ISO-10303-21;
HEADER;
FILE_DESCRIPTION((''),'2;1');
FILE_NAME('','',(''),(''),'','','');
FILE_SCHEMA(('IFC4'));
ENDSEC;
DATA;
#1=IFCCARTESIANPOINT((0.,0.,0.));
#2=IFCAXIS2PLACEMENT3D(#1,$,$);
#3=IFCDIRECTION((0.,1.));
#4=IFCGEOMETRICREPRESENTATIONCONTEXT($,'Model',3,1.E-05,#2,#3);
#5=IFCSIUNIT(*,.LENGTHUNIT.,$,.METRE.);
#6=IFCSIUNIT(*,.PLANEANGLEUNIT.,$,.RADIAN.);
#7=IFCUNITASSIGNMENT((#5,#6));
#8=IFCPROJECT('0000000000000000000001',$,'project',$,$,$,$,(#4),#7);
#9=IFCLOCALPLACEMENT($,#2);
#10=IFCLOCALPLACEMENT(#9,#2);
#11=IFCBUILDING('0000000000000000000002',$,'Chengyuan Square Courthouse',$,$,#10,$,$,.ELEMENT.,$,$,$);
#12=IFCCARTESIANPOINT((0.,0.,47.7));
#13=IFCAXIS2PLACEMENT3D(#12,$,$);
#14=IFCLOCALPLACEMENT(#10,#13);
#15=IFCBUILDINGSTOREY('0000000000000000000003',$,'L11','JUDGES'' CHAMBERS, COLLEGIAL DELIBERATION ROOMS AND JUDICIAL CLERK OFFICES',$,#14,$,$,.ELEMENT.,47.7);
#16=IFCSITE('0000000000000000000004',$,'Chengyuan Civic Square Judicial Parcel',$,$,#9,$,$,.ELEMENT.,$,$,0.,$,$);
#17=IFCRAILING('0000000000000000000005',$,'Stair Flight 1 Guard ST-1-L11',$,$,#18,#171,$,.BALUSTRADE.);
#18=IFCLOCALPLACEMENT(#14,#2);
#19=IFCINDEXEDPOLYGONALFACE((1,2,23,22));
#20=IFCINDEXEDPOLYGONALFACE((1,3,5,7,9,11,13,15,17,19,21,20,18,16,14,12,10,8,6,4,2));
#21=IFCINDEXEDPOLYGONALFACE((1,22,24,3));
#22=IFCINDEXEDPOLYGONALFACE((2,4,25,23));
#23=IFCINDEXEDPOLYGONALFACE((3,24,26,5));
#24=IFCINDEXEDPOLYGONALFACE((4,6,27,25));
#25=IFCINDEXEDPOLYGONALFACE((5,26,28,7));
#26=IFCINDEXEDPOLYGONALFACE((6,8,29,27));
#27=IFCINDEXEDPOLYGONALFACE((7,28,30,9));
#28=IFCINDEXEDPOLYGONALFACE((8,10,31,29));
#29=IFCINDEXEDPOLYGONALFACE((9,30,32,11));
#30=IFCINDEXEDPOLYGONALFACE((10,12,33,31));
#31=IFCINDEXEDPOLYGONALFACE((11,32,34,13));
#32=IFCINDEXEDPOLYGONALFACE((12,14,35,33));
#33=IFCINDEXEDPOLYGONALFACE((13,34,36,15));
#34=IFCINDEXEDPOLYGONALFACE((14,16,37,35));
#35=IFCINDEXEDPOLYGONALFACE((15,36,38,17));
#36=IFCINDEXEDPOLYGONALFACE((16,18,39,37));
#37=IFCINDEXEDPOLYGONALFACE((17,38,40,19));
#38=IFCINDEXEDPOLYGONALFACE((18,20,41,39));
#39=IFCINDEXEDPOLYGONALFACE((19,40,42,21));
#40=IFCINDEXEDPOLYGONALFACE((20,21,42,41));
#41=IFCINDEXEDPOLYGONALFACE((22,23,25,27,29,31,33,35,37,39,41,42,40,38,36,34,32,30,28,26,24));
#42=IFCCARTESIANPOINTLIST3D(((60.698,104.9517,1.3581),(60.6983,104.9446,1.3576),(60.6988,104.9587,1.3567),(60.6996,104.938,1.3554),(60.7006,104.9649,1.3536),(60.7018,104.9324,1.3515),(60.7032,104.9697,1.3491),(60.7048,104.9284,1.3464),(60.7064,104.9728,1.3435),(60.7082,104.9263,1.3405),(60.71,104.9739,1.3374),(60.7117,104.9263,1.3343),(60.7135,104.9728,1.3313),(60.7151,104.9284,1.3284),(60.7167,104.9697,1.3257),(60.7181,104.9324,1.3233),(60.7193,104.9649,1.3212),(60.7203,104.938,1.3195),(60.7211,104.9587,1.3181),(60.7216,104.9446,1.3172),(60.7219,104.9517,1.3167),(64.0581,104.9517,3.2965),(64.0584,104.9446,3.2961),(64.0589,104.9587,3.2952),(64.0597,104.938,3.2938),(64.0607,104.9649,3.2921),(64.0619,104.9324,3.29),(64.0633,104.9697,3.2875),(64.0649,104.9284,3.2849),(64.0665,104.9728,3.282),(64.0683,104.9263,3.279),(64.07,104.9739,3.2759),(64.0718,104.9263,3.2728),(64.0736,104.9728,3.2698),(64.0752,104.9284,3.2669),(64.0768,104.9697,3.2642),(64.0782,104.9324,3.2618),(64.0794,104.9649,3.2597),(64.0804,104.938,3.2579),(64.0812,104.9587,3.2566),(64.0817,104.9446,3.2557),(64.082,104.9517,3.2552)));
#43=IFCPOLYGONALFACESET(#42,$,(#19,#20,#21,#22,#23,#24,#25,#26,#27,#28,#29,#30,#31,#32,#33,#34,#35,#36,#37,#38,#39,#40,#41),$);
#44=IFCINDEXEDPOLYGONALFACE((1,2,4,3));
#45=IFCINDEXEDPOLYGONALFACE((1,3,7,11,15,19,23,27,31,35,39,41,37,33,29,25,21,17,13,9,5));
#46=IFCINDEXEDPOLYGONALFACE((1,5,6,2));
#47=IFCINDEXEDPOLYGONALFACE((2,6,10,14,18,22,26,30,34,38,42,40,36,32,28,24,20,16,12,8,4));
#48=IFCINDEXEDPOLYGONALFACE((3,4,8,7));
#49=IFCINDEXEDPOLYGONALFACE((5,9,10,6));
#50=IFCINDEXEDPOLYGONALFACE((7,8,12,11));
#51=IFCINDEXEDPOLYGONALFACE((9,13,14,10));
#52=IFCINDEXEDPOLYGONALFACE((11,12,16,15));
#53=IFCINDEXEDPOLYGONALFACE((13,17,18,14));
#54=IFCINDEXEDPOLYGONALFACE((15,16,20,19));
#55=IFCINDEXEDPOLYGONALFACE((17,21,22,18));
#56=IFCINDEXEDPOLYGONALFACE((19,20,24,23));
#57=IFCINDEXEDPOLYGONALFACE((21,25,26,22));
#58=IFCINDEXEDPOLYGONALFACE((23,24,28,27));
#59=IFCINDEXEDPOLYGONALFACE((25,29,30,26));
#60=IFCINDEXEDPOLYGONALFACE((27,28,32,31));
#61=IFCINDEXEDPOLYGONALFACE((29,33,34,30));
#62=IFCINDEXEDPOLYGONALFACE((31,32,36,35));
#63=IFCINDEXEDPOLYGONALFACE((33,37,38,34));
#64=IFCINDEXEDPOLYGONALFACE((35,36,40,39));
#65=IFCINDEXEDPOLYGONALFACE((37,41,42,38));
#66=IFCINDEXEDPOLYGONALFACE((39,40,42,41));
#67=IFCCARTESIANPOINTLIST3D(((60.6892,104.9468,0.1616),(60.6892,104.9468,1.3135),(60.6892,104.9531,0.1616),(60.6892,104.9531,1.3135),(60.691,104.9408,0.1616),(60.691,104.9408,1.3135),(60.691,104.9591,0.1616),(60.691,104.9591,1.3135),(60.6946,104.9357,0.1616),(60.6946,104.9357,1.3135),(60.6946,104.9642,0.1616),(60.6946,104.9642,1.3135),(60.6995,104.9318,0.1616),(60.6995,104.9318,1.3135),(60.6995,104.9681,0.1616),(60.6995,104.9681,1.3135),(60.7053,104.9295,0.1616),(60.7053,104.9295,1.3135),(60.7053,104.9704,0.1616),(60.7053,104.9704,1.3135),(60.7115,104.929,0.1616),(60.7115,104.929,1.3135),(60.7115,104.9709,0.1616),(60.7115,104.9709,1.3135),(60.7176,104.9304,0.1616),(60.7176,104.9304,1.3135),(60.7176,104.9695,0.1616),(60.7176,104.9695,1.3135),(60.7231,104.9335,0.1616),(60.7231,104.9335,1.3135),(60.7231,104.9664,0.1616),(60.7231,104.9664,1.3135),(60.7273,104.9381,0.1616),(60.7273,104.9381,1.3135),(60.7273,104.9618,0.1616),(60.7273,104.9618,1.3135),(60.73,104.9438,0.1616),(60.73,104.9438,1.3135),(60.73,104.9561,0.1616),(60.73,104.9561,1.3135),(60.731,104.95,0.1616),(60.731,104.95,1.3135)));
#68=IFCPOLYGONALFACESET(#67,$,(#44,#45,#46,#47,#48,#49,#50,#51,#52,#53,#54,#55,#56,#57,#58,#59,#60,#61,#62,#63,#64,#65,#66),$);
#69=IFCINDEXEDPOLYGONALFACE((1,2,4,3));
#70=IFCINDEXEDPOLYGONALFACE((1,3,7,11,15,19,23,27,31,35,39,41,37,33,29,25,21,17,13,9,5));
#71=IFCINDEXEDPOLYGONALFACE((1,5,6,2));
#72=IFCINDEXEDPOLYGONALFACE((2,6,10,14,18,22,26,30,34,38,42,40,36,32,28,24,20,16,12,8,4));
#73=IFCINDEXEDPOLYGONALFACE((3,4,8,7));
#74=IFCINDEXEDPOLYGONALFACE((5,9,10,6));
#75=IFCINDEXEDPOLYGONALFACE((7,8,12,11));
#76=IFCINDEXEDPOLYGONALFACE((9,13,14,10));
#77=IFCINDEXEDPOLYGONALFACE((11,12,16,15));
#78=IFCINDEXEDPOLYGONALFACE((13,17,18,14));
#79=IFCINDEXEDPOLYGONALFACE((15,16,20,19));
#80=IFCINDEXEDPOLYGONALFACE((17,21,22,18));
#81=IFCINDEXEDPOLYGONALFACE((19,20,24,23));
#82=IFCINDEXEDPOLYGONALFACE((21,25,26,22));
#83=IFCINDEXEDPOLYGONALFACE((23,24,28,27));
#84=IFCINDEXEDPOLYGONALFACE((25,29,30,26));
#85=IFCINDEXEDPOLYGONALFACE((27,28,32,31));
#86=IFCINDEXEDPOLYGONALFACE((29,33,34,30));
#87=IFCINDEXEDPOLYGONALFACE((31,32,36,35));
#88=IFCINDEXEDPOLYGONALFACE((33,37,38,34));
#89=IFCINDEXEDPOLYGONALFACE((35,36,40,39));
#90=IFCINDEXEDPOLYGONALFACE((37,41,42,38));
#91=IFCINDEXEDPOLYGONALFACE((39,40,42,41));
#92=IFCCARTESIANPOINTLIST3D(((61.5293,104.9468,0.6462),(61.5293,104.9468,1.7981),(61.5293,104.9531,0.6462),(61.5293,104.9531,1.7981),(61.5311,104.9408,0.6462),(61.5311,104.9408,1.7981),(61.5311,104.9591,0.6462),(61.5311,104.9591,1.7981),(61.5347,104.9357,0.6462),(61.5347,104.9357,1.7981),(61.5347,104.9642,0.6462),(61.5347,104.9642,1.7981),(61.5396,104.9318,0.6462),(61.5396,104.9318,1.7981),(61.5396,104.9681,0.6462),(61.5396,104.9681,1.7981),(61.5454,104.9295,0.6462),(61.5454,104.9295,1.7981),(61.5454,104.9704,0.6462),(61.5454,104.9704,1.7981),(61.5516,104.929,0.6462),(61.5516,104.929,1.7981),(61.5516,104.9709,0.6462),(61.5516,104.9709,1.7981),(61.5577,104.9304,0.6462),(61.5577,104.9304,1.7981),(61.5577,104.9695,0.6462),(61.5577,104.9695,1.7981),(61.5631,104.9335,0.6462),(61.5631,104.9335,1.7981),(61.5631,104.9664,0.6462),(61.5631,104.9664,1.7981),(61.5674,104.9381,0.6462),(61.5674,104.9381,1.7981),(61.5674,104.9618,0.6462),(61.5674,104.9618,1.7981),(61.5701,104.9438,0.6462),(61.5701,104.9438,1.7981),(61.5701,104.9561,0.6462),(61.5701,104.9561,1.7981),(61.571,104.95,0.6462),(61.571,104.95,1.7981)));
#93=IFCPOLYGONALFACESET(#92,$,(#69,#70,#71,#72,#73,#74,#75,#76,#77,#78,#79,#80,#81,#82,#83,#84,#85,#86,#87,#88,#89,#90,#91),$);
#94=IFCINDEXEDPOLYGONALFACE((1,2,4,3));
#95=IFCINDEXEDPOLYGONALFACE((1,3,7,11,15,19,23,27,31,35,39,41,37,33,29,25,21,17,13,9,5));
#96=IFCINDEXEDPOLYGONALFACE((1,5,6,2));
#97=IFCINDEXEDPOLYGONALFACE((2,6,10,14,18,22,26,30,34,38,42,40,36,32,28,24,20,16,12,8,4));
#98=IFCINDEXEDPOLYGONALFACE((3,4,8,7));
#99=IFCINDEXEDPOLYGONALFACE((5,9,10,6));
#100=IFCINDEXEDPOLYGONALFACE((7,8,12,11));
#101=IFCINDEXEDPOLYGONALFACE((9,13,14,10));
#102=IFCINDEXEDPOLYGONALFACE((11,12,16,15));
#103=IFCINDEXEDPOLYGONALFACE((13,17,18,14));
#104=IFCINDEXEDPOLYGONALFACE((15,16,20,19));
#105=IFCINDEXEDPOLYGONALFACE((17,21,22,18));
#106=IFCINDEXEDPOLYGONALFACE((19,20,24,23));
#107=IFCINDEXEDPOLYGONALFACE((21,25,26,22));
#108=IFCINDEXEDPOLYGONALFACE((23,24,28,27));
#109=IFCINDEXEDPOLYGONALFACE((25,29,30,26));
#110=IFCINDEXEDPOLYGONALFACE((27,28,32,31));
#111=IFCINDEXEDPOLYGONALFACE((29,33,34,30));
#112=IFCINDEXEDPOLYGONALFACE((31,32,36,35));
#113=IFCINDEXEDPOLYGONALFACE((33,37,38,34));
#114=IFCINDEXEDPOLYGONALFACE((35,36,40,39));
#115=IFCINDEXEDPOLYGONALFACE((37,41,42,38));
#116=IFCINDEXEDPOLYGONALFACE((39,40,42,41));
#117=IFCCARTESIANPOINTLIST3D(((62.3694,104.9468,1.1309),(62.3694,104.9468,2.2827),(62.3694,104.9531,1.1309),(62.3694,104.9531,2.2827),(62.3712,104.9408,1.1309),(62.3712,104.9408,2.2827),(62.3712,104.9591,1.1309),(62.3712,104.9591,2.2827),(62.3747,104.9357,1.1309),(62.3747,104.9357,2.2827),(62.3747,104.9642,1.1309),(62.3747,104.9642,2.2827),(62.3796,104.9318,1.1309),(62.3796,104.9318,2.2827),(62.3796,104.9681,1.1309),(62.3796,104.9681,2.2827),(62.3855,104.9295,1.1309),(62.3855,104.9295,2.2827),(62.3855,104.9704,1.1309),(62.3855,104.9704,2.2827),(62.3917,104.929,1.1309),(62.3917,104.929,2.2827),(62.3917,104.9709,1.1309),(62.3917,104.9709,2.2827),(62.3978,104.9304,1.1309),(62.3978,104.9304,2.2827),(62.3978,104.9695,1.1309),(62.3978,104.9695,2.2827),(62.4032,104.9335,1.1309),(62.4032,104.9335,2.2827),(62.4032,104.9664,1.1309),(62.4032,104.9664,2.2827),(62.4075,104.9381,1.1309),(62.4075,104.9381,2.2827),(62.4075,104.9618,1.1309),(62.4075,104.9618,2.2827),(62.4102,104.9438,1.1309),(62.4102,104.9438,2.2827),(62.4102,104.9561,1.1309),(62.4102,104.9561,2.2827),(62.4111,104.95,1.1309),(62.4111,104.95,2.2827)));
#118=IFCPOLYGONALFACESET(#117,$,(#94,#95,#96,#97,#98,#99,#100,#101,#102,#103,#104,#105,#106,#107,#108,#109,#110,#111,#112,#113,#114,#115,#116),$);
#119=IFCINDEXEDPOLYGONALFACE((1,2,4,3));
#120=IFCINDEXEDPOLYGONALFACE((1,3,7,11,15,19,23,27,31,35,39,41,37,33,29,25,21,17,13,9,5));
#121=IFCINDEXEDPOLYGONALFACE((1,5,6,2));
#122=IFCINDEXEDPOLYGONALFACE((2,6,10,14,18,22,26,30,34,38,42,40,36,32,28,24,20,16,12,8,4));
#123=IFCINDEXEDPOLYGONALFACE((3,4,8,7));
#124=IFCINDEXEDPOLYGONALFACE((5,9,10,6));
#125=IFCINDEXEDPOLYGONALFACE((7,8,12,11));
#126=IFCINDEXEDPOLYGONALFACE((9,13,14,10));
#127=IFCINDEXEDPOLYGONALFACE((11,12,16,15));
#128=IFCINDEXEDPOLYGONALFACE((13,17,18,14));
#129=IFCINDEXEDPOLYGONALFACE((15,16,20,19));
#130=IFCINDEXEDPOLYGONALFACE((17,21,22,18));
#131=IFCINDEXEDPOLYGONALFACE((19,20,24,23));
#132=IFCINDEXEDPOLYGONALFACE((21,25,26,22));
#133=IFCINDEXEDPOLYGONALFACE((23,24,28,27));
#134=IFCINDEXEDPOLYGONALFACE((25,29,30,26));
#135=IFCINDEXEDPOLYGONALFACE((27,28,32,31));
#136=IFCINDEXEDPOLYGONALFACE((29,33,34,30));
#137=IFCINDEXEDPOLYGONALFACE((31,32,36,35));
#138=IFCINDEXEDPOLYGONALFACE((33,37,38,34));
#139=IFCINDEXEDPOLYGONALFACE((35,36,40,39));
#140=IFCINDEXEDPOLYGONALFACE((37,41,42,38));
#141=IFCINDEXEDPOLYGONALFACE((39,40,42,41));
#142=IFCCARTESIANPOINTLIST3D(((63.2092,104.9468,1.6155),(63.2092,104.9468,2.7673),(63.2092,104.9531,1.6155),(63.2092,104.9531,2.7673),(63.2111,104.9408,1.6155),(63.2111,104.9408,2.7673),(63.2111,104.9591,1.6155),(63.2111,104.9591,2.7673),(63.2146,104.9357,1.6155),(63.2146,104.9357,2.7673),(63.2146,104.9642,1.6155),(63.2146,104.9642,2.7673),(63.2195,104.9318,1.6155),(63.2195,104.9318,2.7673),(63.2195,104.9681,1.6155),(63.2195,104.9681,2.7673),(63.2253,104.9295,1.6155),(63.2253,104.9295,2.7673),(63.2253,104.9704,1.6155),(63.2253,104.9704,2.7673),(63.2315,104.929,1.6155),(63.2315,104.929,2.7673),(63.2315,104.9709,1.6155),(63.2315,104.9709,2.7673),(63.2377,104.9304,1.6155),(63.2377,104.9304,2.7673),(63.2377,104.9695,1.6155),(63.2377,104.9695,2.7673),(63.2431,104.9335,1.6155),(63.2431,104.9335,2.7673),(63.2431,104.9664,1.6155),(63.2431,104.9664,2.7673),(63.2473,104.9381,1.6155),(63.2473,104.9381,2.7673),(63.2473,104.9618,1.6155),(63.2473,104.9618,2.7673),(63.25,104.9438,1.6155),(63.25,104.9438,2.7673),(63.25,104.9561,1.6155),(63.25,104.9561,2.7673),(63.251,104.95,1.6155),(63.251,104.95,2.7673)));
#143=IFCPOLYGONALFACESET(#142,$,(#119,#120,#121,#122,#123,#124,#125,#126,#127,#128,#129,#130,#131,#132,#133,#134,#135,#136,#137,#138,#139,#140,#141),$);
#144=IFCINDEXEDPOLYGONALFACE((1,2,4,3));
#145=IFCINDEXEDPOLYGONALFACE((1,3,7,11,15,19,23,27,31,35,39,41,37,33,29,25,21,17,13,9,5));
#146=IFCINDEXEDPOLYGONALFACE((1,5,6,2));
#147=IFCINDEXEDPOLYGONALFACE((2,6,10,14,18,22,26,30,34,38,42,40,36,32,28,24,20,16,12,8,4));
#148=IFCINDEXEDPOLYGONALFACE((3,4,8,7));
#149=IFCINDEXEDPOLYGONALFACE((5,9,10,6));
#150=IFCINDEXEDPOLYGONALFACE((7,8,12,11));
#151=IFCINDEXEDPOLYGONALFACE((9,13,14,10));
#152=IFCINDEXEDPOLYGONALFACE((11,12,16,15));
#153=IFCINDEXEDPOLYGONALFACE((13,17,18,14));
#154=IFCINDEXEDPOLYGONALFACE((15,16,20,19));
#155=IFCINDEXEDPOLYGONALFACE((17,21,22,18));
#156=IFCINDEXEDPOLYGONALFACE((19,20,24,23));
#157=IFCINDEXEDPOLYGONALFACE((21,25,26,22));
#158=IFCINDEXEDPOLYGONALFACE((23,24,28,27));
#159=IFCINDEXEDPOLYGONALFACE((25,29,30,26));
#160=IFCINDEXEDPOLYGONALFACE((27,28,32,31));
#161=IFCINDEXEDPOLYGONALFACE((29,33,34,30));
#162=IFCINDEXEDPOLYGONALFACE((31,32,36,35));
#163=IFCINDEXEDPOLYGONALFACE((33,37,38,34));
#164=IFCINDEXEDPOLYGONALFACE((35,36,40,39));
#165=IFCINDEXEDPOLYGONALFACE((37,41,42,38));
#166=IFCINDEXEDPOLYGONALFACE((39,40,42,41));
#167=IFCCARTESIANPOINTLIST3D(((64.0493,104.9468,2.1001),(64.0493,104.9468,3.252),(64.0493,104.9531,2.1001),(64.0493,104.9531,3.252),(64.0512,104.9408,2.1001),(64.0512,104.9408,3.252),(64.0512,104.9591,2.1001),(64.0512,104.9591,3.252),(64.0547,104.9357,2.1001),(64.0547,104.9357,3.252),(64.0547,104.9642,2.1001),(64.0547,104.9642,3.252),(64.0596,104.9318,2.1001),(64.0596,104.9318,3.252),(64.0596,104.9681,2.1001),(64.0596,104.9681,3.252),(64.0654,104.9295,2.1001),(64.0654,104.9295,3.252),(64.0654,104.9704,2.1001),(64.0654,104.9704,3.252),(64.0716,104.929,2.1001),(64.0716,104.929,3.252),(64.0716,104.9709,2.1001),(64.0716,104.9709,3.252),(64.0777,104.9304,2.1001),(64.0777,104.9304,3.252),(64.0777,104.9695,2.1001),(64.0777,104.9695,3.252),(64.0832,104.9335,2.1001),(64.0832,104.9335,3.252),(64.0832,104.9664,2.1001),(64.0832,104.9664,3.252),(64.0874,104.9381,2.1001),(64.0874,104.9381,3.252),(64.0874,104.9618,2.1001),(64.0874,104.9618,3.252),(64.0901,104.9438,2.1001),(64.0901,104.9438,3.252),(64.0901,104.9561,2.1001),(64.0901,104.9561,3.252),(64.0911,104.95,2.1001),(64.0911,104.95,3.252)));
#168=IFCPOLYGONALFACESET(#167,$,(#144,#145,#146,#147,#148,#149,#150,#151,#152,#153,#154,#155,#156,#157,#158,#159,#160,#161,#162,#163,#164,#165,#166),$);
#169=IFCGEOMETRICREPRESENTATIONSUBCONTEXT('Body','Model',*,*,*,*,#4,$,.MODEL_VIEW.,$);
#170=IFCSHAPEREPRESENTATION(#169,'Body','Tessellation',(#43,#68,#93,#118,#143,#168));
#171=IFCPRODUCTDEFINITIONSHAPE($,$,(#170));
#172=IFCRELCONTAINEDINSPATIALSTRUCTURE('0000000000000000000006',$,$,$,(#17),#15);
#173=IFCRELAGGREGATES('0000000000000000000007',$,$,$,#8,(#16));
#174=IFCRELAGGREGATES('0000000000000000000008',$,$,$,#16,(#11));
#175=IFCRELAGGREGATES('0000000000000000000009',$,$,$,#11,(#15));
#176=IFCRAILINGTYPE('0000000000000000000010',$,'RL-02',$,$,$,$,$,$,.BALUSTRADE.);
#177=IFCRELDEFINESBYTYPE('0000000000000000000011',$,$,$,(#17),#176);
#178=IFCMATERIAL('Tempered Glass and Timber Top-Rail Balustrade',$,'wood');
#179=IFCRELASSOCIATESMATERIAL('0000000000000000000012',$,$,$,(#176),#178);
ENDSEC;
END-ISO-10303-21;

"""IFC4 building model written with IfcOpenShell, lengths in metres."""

from ifc_helpers import new_model, si_unit, direction, frame, origin, origin_2d, place, context, subcontext, project, spatial, circle, extrude, material, type_object, element, save


model = new_model("IFC4")

# Units and contexts
model_context = context("Model", 3, precision=1e-05, world=origin(), true_north=direction((0.0, 1.0)))
body_context = subcontext(model_context, "Body", "Model", "MODEL_VIEW")
ifc_project = project(units=[si_unit("LENGTHUNIT", "METRE"), si_unit("PLANEANGLEUNIT", "RADIAN")], contexts=[model_context])

# Site, building, storey
site_placement = place(None, origin())
site = spatial("IfcSite", under=ifc_project, at=site_placement, Name="Chengyuan Civic Square Judicial Parcel", CompositionType="ELEMENT", RefElevation=0.0)
building_placement = place(site_placement, origin())
building = spatial("IfcBuilding", under=site, at=building_placement, Name="Chengyuan Square Courthouse", CompositionType="ELEMENT")
storey_placement = place(building_placement, frame((0.0, 0.0, 47.7)))
storey = spatial("IfcBuildingStorey", under=building, at=storey_placement, Name="L11", Description="JUDGES' CHAMBERS, COLLEGIAL DELIBERATION ROOMS AND JUDICIAL CLERK OFFICES", CompositionType="ELEMENT", Elevation=47.7)

# Railing
ifc_material_1 = material(Name="Tempered Glass and Timber Top-Rail Balustrade", Category="wood")
railing_type_1 = type_object("IfcRailingType", Name="RL-02", PredefinedType="BALUSTRADE", material=ifc_material_1)
railing_1_placement = place(storey_placement, frame((60.71, 104.95, 0.1616)))
element("IfcRailing", 1, at=railing_1_placement, inside=storey, type_object=railing_type_1, Name="Stair Flight 1 Guard ST-1-L11", PredefinedType="BALUSTRADE", context=body_context, shape_type="SweptSolid", body=[
    extrude(circle(Radius=0.0239, at=origin_2d()), frame((0.0, 0.0, 1.1758), z_axis=(0.866191, 0.0, 0.499713), x_axis=(0.0, 1.0, 0.0)), (0.0, 0.0, 1.0), 3.8792),
    extrude(circle(Radius=0.021, at=origin_2d()), origin(), (0.0, 0.0, 1.0), 1.1519),
    extrude(circle(Radius=0.021, at=origin_2d()), frame((0.8401, 0.0, 0.4846)), (0.0, 0.0, 1.0), 1.1519),
    extrude(circle(Radius=0.021, at=origin_2d()), frame((1.6802, 0.0, 0.9692)), (0.0, 0.0, 1.0), 1.1519),
    extrude(circle(Radius=0.021, at=origin_2d()), frame((2.52, 0.0, 1.4539)), (0.0, 0.0, 1.0), 1.1519),
    extrude(circle(Radius=0.021, at=origin_2d()), frame((3.3601, 0.0, 1.9385)), (0.0, 0.0, 1.0), 1.1519),
])

save(model, "model.ifc")
